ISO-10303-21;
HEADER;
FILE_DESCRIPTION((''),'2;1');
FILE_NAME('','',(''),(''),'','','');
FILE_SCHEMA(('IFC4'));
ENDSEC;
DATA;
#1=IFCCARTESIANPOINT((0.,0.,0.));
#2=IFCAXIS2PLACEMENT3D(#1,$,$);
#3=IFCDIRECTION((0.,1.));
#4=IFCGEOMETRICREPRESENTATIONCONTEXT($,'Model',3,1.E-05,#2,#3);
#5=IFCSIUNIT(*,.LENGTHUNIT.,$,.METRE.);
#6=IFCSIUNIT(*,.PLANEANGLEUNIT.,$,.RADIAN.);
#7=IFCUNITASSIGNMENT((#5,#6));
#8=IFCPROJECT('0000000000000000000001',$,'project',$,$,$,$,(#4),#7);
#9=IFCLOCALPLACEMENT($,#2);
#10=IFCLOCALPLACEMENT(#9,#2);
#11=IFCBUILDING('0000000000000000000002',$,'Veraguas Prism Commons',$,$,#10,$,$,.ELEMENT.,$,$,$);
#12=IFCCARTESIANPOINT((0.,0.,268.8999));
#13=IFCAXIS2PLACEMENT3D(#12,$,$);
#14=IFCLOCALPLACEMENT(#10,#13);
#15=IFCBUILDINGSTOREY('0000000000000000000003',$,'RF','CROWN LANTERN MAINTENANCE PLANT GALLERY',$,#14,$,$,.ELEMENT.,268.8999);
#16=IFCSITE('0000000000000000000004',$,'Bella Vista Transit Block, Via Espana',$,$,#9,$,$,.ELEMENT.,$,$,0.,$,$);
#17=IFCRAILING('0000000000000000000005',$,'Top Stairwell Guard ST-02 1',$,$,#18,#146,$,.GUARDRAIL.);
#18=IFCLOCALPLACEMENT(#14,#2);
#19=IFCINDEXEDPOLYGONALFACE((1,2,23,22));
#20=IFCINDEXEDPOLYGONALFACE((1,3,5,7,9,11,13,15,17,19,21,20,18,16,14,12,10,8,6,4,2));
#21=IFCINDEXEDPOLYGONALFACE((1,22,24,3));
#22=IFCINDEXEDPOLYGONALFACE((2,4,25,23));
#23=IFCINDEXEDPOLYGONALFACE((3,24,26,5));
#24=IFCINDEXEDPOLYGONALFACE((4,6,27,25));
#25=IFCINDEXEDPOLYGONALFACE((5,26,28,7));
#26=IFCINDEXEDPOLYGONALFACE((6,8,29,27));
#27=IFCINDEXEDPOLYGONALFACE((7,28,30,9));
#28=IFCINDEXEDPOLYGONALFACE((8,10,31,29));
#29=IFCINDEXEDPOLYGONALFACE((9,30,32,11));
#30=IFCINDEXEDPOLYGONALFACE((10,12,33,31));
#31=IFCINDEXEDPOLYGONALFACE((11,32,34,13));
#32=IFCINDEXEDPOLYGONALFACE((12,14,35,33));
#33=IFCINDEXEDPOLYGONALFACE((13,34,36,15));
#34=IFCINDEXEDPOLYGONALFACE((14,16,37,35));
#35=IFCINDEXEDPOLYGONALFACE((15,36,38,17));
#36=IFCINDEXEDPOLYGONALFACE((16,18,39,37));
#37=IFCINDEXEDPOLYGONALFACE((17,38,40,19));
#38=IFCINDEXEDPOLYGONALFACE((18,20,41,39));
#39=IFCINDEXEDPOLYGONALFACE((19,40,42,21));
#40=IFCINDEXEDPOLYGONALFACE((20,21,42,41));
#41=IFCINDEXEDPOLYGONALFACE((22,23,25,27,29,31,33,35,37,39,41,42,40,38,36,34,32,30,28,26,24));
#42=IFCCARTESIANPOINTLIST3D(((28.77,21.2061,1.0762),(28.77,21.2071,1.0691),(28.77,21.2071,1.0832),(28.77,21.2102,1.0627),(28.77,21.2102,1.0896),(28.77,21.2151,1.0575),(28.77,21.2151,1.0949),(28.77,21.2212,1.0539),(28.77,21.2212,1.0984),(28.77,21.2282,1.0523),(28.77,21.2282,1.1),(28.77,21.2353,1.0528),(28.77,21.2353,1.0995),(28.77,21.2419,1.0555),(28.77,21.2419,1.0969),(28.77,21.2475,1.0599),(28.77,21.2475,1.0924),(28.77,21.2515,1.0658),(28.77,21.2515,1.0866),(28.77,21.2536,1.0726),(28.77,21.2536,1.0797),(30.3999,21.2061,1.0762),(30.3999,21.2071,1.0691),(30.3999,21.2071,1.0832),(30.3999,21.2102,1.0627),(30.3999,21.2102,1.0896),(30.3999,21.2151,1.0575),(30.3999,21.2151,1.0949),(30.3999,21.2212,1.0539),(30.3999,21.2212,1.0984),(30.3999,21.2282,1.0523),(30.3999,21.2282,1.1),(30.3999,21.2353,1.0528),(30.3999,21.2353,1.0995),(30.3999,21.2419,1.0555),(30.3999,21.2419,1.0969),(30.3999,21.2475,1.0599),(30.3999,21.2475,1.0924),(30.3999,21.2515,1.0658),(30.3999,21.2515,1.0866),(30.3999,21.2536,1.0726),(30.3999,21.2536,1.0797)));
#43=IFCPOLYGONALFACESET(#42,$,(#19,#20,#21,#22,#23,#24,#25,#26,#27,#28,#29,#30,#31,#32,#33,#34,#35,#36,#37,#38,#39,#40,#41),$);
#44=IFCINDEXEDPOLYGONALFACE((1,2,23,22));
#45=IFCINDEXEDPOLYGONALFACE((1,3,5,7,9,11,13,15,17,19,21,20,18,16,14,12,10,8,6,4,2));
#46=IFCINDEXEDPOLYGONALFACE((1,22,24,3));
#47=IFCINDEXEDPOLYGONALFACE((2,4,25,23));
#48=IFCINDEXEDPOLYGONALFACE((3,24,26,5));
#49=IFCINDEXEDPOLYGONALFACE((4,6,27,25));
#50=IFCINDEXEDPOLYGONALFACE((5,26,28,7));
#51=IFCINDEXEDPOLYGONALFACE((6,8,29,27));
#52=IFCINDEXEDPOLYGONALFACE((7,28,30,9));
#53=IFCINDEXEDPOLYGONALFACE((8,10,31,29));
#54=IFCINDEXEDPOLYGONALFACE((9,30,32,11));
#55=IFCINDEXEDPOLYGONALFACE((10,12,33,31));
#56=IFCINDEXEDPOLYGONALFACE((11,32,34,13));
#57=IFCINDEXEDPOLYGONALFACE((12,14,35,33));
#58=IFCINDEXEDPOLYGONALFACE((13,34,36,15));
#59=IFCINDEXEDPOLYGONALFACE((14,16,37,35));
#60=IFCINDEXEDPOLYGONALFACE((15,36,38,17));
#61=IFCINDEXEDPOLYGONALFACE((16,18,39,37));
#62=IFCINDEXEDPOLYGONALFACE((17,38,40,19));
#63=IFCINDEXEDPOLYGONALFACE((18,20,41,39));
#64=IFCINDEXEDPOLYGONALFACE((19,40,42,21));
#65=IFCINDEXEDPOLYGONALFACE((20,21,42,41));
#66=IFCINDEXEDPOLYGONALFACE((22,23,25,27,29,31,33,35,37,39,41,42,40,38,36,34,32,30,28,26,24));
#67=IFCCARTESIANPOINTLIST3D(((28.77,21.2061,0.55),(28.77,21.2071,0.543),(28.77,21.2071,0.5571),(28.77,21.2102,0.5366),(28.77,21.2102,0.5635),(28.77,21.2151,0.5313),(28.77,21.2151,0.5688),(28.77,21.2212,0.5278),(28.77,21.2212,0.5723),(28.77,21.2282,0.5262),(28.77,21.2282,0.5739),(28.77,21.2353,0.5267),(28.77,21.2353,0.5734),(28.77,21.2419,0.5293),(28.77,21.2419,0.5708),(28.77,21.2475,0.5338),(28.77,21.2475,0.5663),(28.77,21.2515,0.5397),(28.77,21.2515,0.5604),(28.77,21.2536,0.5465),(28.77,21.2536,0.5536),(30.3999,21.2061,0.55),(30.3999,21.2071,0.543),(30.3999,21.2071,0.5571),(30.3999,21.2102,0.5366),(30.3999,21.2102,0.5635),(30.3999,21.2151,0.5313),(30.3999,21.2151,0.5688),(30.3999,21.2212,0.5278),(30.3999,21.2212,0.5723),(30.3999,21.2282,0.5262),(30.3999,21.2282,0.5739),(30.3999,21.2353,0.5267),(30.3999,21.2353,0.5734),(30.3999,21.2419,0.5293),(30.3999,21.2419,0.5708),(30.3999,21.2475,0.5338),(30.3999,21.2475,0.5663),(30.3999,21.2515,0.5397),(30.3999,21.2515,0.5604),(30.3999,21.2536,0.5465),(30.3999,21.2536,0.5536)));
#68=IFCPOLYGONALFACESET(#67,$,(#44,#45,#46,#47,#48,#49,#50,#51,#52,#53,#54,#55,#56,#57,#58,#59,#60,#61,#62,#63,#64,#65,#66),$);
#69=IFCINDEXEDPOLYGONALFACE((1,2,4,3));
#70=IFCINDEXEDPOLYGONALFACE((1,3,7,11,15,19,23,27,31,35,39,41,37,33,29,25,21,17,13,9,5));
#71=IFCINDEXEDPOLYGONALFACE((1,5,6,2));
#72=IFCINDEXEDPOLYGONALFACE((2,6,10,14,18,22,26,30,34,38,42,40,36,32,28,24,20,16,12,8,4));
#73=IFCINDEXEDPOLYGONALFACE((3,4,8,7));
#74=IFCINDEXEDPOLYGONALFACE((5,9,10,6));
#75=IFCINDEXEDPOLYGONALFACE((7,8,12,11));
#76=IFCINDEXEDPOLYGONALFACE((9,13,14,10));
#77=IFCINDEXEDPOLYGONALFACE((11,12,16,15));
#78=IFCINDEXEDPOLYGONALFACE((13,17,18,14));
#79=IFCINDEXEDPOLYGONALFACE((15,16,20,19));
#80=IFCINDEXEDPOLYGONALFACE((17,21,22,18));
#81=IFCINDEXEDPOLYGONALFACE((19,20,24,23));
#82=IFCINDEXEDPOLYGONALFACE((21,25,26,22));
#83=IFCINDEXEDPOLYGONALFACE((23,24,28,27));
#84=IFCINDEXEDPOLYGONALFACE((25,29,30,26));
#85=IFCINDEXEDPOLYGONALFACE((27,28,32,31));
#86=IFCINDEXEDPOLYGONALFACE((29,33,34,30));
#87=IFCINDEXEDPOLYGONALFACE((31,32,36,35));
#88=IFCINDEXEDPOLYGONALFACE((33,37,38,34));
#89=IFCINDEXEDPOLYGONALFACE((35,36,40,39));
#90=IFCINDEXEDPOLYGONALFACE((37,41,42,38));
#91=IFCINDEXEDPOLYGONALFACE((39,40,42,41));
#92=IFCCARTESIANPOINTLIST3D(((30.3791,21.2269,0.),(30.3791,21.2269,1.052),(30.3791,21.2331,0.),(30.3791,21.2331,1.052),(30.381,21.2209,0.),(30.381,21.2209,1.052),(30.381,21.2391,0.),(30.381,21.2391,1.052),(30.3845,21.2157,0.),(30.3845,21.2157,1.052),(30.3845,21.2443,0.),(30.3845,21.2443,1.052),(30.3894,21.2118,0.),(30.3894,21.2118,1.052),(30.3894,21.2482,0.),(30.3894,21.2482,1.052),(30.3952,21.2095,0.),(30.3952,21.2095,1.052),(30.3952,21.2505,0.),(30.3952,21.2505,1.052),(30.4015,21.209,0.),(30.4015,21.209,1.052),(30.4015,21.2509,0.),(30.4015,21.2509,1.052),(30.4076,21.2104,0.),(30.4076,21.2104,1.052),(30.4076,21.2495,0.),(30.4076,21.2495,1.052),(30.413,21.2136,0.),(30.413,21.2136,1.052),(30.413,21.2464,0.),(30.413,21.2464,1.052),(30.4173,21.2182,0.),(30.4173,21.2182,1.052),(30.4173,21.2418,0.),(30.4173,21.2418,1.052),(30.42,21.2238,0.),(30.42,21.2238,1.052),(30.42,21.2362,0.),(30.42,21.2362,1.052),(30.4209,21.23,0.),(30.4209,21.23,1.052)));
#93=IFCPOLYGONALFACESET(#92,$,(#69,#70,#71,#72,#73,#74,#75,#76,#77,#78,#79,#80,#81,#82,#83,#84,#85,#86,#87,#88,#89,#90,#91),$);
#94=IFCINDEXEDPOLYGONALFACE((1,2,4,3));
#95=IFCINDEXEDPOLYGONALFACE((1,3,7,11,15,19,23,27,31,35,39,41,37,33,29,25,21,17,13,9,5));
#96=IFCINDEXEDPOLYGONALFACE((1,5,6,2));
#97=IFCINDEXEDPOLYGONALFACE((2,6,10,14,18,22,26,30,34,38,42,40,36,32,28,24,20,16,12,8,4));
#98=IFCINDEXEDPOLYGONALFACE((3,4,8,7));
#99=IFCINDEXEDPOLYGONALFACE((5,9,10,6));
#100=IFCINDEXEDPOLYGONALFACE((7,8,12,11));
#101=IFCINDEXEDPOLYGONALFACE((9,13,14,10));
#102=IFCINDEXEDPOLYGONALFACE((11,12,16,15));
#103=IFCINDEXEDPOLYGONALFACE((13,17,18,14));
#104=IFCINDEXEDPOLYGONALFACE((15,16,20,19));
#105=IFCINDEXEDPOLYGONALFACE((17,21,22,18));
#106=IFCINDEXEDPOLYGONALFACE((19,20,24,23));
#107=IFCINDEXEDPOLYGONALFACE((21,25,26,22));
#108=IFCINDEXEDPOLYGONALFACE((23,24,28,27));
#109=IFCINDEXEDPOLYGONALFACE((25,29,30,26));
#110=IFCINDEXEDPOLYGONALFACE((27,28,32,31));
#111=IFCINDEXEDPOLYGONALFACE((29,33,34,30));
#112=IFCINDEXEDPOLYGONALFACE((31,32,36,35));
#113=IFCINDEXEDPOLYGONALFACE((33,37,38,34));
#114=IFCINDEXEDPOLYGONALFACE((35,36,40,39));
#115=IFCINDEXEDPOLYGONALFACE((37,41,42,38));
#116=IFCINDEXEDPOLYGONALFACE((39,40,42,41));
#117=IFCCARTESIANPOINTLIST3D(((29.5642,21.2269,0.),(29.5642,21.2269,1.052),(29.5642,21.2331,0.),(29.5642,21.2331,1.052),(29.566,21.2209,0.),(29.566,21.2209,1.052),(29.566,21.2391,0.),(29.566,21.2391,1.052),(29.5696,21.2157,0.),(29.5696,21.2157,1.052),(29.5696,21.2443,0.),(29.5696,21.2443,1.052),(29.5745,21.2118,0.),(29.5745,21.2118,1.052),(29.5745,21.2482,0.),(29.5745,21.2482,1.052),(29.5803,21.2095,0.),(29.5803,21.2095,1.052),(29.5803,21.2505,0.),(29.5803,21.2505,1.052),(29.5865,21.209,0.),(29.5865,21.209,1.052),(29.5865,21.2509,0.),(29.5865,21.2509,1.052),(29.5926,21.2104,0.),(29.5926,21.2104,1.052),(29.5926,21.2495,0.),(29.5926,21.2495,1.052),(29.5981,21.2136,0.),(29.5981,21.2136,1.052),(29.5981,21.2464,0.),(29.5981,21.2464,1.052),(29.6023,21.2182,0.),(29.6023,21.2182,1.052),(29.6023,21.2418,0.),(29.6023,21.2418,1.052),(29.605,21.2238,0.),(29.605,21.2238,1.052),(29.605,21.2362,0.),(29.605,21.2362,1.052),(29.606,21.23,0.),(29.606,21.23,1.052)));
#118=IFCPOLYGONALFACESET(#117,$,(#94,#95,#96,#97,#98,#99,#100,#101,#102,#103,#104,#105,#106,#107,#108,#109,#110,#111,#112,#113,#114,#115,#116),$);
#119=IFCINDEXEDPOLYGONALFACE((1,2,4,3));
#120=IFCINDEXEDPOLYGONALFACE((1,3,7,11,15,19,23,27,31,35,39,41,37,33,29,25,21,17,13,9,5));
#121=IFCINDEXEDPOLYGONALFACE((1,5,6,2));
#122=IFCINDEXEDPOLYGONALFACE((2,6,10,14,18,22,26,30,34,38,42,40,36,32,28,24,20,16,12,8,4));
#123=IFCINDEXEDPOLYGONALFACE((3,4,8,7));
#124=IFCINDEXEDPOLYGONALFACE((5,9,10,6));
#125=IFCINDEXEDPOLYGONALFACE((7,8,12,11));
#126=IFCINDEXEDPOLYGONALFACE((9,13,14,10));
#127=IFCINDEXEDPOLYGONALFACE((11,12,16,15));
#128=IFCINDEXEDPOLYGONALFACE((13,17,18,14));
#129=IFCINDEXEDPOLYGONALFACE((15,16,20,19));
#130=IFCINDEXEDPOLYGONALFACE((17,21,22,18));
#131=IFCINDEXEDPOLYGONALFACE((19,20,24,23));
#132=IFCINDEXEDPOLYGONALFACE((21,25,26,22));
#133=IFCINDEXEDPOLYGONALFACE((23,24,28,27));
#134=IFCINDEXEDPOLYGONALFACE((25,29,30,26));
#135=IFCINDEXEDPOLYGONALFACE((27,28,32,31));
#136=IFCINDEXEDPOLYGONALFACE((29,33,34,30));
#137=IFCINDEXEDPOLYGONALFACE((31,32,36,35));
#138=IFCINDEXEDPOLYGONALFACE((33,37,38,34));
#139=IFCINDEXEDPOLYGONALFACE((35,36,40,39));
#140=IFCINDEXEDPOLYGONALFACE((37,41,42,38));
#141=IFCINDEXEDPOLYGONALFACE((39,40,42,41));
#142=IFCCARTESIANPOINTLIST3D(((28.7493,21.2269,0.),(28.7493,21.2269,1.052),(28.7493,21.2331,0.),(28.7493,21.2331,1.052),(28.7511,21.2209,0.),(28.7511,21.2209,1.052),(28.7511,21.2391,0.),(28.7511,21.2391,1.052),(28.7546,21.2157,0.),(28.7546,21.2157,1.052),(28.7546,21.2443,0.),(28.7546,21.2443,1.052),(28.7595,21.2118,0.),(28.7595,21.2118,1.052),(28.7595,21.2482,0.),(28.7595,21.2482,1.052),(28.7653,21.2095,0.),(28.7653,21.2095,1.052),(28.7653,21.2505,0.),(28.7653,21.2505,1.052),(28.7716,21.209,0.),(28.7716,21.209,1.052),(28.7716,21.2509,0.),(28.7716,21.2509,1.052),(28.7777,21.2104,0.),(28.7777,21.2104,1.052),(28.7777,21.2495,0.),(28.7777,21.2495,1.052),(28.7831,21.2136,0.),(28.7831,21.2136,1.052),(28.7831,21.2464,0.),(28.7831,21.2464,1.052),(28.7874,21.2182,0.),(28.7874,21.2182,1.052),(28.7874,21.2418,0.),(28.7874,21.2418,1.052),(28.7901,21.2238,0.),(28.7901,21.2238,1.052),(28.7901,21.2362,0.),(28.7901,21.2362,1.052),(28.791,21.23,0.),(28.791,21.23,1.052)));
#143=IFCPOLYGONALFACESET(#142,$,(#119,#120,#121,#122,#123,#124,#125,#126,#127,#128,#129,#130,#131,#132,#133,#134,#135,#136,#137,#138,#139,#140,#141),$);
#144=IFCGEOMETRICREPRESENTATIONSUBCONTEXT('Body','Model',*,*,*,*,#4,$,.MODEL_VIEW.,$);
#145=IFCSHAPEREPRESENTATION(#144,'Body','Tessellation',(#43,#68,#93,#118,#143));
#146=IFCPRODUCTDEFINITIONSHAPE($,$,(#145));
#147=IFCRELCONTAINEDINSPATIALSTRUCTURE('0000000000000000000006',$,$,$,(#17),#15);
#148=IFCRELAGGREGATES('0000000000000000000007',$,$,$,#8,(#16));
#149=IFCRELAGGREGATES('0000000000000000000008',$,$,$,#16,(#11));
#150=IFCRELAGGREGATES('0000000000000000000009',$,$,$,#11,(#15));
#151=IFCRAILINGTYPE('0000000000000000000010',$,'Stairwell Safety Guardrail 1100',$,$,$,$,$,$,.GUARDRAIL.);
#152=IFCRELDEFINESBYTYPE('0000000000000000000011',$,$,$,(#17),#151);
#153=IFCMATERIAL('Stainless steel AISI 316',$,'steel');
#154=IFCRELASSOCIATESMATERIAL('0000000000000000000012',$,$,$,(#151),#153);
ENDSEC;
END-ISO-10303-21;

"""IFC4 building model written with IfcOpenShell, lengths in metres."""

from ifc_helpers import new_model, si_unit, direction, frame, origin, origin_2d, place, context, subcontext, project, spatial, circle, extrude, material, type_object, element, save


model = new_model("IFC4")

# Units and contexts
model_context = context("Model", 3, precision=1e-05, world=origin(), true_north=direction((0.0, 1.0)))
body_context = subcontext(model_context, "Body", "Model", "MODEL_VIEW")
ifc_project = project(units=[si_unit("LENGTHUNIT", "METRE"), si_unit("PLANEANGLEUNIT", "RADIAN")], contexts=[model_context])

# Site, building, storey
site_placement = place(None, origin())
site = spatial("IfcSite", under=ifc_project, at=site_placement, Name="Bella Vista Transit Block, Via Espana", CompositionType="ELEMENT", RefElevation=0.0)
building_placement = place(site_placement, origin())
building = spatial("IfcBuilding", under=site, at=building_placement, Name="Veraguas Prism Commons", CompositionType="ELEMENT")
storey_placement = place(building_placement, frame((0.0, 0.0, 268.8999)))
storey = spatial("IfcBuildingStorey", under=building, at=storey_placement, Name="RF", Description="CROWN LANTERN MAINTENANCE PLANT GALLERY", CompositionType="ELEMENT", Elevation=268.8999)

# Shared definitions
ifc_material_1 = material(Name="Stainless steel AISI 316", Category="steel")

# Railing
railing_type = type_object("IfcRailingType", Name="Stairwell Safety Guardrail 1100", PredefinedType="GUARDRAIL", material=ifc_material_1)
railing_placement = place(storey_placement, frame((30.3999, 21.23, 0.0)))
element("IfcRailing", 1, at=railing_placement, inside=storey, type_object=railing_type, Name="Top Stairwell Guard ST-02 1", PredefinedType="GUARDRAIL", context=body_context, shape_type="SweptSolid", body=[
    extrude(circle(Radius=0.0239, at=origin_2d()), frame((0.0, 0.0, 1.0762), z_axis=(-1.0, 0.0, 0.0), x_axis=(0.0, -1.0, 0.0)), (0.0, 0.0, 1.0), 1.6299),
    extrude(circle(Radius=0.0239, at=origin_2d()), frame((0.0, 0.0, 0.55), z_axis=(-1.0, 0.0, 0.0), x_axis=(0.0, -1.0, 0.0)), (0.0, 0.0, 1.0), 1.6299),
    extrude(circle(Radius=0.021, at=origin_2d()), origin(), (0.0, 0.0, 1.0), 1.052),
    extrude(circle(Radius=0.021, at=origin_2d()), frame((-0.8149, 0.0, 0.0)), (0.0, 0.0, 1.0), 1.052),
    extrude(circle(Radius=0.021, at=origin_2d()), frame((-1.6299, 0.0, 0.0)), (0.0, 0.0, 1.0), 1.052),
])

save(model, "model.ifc")
